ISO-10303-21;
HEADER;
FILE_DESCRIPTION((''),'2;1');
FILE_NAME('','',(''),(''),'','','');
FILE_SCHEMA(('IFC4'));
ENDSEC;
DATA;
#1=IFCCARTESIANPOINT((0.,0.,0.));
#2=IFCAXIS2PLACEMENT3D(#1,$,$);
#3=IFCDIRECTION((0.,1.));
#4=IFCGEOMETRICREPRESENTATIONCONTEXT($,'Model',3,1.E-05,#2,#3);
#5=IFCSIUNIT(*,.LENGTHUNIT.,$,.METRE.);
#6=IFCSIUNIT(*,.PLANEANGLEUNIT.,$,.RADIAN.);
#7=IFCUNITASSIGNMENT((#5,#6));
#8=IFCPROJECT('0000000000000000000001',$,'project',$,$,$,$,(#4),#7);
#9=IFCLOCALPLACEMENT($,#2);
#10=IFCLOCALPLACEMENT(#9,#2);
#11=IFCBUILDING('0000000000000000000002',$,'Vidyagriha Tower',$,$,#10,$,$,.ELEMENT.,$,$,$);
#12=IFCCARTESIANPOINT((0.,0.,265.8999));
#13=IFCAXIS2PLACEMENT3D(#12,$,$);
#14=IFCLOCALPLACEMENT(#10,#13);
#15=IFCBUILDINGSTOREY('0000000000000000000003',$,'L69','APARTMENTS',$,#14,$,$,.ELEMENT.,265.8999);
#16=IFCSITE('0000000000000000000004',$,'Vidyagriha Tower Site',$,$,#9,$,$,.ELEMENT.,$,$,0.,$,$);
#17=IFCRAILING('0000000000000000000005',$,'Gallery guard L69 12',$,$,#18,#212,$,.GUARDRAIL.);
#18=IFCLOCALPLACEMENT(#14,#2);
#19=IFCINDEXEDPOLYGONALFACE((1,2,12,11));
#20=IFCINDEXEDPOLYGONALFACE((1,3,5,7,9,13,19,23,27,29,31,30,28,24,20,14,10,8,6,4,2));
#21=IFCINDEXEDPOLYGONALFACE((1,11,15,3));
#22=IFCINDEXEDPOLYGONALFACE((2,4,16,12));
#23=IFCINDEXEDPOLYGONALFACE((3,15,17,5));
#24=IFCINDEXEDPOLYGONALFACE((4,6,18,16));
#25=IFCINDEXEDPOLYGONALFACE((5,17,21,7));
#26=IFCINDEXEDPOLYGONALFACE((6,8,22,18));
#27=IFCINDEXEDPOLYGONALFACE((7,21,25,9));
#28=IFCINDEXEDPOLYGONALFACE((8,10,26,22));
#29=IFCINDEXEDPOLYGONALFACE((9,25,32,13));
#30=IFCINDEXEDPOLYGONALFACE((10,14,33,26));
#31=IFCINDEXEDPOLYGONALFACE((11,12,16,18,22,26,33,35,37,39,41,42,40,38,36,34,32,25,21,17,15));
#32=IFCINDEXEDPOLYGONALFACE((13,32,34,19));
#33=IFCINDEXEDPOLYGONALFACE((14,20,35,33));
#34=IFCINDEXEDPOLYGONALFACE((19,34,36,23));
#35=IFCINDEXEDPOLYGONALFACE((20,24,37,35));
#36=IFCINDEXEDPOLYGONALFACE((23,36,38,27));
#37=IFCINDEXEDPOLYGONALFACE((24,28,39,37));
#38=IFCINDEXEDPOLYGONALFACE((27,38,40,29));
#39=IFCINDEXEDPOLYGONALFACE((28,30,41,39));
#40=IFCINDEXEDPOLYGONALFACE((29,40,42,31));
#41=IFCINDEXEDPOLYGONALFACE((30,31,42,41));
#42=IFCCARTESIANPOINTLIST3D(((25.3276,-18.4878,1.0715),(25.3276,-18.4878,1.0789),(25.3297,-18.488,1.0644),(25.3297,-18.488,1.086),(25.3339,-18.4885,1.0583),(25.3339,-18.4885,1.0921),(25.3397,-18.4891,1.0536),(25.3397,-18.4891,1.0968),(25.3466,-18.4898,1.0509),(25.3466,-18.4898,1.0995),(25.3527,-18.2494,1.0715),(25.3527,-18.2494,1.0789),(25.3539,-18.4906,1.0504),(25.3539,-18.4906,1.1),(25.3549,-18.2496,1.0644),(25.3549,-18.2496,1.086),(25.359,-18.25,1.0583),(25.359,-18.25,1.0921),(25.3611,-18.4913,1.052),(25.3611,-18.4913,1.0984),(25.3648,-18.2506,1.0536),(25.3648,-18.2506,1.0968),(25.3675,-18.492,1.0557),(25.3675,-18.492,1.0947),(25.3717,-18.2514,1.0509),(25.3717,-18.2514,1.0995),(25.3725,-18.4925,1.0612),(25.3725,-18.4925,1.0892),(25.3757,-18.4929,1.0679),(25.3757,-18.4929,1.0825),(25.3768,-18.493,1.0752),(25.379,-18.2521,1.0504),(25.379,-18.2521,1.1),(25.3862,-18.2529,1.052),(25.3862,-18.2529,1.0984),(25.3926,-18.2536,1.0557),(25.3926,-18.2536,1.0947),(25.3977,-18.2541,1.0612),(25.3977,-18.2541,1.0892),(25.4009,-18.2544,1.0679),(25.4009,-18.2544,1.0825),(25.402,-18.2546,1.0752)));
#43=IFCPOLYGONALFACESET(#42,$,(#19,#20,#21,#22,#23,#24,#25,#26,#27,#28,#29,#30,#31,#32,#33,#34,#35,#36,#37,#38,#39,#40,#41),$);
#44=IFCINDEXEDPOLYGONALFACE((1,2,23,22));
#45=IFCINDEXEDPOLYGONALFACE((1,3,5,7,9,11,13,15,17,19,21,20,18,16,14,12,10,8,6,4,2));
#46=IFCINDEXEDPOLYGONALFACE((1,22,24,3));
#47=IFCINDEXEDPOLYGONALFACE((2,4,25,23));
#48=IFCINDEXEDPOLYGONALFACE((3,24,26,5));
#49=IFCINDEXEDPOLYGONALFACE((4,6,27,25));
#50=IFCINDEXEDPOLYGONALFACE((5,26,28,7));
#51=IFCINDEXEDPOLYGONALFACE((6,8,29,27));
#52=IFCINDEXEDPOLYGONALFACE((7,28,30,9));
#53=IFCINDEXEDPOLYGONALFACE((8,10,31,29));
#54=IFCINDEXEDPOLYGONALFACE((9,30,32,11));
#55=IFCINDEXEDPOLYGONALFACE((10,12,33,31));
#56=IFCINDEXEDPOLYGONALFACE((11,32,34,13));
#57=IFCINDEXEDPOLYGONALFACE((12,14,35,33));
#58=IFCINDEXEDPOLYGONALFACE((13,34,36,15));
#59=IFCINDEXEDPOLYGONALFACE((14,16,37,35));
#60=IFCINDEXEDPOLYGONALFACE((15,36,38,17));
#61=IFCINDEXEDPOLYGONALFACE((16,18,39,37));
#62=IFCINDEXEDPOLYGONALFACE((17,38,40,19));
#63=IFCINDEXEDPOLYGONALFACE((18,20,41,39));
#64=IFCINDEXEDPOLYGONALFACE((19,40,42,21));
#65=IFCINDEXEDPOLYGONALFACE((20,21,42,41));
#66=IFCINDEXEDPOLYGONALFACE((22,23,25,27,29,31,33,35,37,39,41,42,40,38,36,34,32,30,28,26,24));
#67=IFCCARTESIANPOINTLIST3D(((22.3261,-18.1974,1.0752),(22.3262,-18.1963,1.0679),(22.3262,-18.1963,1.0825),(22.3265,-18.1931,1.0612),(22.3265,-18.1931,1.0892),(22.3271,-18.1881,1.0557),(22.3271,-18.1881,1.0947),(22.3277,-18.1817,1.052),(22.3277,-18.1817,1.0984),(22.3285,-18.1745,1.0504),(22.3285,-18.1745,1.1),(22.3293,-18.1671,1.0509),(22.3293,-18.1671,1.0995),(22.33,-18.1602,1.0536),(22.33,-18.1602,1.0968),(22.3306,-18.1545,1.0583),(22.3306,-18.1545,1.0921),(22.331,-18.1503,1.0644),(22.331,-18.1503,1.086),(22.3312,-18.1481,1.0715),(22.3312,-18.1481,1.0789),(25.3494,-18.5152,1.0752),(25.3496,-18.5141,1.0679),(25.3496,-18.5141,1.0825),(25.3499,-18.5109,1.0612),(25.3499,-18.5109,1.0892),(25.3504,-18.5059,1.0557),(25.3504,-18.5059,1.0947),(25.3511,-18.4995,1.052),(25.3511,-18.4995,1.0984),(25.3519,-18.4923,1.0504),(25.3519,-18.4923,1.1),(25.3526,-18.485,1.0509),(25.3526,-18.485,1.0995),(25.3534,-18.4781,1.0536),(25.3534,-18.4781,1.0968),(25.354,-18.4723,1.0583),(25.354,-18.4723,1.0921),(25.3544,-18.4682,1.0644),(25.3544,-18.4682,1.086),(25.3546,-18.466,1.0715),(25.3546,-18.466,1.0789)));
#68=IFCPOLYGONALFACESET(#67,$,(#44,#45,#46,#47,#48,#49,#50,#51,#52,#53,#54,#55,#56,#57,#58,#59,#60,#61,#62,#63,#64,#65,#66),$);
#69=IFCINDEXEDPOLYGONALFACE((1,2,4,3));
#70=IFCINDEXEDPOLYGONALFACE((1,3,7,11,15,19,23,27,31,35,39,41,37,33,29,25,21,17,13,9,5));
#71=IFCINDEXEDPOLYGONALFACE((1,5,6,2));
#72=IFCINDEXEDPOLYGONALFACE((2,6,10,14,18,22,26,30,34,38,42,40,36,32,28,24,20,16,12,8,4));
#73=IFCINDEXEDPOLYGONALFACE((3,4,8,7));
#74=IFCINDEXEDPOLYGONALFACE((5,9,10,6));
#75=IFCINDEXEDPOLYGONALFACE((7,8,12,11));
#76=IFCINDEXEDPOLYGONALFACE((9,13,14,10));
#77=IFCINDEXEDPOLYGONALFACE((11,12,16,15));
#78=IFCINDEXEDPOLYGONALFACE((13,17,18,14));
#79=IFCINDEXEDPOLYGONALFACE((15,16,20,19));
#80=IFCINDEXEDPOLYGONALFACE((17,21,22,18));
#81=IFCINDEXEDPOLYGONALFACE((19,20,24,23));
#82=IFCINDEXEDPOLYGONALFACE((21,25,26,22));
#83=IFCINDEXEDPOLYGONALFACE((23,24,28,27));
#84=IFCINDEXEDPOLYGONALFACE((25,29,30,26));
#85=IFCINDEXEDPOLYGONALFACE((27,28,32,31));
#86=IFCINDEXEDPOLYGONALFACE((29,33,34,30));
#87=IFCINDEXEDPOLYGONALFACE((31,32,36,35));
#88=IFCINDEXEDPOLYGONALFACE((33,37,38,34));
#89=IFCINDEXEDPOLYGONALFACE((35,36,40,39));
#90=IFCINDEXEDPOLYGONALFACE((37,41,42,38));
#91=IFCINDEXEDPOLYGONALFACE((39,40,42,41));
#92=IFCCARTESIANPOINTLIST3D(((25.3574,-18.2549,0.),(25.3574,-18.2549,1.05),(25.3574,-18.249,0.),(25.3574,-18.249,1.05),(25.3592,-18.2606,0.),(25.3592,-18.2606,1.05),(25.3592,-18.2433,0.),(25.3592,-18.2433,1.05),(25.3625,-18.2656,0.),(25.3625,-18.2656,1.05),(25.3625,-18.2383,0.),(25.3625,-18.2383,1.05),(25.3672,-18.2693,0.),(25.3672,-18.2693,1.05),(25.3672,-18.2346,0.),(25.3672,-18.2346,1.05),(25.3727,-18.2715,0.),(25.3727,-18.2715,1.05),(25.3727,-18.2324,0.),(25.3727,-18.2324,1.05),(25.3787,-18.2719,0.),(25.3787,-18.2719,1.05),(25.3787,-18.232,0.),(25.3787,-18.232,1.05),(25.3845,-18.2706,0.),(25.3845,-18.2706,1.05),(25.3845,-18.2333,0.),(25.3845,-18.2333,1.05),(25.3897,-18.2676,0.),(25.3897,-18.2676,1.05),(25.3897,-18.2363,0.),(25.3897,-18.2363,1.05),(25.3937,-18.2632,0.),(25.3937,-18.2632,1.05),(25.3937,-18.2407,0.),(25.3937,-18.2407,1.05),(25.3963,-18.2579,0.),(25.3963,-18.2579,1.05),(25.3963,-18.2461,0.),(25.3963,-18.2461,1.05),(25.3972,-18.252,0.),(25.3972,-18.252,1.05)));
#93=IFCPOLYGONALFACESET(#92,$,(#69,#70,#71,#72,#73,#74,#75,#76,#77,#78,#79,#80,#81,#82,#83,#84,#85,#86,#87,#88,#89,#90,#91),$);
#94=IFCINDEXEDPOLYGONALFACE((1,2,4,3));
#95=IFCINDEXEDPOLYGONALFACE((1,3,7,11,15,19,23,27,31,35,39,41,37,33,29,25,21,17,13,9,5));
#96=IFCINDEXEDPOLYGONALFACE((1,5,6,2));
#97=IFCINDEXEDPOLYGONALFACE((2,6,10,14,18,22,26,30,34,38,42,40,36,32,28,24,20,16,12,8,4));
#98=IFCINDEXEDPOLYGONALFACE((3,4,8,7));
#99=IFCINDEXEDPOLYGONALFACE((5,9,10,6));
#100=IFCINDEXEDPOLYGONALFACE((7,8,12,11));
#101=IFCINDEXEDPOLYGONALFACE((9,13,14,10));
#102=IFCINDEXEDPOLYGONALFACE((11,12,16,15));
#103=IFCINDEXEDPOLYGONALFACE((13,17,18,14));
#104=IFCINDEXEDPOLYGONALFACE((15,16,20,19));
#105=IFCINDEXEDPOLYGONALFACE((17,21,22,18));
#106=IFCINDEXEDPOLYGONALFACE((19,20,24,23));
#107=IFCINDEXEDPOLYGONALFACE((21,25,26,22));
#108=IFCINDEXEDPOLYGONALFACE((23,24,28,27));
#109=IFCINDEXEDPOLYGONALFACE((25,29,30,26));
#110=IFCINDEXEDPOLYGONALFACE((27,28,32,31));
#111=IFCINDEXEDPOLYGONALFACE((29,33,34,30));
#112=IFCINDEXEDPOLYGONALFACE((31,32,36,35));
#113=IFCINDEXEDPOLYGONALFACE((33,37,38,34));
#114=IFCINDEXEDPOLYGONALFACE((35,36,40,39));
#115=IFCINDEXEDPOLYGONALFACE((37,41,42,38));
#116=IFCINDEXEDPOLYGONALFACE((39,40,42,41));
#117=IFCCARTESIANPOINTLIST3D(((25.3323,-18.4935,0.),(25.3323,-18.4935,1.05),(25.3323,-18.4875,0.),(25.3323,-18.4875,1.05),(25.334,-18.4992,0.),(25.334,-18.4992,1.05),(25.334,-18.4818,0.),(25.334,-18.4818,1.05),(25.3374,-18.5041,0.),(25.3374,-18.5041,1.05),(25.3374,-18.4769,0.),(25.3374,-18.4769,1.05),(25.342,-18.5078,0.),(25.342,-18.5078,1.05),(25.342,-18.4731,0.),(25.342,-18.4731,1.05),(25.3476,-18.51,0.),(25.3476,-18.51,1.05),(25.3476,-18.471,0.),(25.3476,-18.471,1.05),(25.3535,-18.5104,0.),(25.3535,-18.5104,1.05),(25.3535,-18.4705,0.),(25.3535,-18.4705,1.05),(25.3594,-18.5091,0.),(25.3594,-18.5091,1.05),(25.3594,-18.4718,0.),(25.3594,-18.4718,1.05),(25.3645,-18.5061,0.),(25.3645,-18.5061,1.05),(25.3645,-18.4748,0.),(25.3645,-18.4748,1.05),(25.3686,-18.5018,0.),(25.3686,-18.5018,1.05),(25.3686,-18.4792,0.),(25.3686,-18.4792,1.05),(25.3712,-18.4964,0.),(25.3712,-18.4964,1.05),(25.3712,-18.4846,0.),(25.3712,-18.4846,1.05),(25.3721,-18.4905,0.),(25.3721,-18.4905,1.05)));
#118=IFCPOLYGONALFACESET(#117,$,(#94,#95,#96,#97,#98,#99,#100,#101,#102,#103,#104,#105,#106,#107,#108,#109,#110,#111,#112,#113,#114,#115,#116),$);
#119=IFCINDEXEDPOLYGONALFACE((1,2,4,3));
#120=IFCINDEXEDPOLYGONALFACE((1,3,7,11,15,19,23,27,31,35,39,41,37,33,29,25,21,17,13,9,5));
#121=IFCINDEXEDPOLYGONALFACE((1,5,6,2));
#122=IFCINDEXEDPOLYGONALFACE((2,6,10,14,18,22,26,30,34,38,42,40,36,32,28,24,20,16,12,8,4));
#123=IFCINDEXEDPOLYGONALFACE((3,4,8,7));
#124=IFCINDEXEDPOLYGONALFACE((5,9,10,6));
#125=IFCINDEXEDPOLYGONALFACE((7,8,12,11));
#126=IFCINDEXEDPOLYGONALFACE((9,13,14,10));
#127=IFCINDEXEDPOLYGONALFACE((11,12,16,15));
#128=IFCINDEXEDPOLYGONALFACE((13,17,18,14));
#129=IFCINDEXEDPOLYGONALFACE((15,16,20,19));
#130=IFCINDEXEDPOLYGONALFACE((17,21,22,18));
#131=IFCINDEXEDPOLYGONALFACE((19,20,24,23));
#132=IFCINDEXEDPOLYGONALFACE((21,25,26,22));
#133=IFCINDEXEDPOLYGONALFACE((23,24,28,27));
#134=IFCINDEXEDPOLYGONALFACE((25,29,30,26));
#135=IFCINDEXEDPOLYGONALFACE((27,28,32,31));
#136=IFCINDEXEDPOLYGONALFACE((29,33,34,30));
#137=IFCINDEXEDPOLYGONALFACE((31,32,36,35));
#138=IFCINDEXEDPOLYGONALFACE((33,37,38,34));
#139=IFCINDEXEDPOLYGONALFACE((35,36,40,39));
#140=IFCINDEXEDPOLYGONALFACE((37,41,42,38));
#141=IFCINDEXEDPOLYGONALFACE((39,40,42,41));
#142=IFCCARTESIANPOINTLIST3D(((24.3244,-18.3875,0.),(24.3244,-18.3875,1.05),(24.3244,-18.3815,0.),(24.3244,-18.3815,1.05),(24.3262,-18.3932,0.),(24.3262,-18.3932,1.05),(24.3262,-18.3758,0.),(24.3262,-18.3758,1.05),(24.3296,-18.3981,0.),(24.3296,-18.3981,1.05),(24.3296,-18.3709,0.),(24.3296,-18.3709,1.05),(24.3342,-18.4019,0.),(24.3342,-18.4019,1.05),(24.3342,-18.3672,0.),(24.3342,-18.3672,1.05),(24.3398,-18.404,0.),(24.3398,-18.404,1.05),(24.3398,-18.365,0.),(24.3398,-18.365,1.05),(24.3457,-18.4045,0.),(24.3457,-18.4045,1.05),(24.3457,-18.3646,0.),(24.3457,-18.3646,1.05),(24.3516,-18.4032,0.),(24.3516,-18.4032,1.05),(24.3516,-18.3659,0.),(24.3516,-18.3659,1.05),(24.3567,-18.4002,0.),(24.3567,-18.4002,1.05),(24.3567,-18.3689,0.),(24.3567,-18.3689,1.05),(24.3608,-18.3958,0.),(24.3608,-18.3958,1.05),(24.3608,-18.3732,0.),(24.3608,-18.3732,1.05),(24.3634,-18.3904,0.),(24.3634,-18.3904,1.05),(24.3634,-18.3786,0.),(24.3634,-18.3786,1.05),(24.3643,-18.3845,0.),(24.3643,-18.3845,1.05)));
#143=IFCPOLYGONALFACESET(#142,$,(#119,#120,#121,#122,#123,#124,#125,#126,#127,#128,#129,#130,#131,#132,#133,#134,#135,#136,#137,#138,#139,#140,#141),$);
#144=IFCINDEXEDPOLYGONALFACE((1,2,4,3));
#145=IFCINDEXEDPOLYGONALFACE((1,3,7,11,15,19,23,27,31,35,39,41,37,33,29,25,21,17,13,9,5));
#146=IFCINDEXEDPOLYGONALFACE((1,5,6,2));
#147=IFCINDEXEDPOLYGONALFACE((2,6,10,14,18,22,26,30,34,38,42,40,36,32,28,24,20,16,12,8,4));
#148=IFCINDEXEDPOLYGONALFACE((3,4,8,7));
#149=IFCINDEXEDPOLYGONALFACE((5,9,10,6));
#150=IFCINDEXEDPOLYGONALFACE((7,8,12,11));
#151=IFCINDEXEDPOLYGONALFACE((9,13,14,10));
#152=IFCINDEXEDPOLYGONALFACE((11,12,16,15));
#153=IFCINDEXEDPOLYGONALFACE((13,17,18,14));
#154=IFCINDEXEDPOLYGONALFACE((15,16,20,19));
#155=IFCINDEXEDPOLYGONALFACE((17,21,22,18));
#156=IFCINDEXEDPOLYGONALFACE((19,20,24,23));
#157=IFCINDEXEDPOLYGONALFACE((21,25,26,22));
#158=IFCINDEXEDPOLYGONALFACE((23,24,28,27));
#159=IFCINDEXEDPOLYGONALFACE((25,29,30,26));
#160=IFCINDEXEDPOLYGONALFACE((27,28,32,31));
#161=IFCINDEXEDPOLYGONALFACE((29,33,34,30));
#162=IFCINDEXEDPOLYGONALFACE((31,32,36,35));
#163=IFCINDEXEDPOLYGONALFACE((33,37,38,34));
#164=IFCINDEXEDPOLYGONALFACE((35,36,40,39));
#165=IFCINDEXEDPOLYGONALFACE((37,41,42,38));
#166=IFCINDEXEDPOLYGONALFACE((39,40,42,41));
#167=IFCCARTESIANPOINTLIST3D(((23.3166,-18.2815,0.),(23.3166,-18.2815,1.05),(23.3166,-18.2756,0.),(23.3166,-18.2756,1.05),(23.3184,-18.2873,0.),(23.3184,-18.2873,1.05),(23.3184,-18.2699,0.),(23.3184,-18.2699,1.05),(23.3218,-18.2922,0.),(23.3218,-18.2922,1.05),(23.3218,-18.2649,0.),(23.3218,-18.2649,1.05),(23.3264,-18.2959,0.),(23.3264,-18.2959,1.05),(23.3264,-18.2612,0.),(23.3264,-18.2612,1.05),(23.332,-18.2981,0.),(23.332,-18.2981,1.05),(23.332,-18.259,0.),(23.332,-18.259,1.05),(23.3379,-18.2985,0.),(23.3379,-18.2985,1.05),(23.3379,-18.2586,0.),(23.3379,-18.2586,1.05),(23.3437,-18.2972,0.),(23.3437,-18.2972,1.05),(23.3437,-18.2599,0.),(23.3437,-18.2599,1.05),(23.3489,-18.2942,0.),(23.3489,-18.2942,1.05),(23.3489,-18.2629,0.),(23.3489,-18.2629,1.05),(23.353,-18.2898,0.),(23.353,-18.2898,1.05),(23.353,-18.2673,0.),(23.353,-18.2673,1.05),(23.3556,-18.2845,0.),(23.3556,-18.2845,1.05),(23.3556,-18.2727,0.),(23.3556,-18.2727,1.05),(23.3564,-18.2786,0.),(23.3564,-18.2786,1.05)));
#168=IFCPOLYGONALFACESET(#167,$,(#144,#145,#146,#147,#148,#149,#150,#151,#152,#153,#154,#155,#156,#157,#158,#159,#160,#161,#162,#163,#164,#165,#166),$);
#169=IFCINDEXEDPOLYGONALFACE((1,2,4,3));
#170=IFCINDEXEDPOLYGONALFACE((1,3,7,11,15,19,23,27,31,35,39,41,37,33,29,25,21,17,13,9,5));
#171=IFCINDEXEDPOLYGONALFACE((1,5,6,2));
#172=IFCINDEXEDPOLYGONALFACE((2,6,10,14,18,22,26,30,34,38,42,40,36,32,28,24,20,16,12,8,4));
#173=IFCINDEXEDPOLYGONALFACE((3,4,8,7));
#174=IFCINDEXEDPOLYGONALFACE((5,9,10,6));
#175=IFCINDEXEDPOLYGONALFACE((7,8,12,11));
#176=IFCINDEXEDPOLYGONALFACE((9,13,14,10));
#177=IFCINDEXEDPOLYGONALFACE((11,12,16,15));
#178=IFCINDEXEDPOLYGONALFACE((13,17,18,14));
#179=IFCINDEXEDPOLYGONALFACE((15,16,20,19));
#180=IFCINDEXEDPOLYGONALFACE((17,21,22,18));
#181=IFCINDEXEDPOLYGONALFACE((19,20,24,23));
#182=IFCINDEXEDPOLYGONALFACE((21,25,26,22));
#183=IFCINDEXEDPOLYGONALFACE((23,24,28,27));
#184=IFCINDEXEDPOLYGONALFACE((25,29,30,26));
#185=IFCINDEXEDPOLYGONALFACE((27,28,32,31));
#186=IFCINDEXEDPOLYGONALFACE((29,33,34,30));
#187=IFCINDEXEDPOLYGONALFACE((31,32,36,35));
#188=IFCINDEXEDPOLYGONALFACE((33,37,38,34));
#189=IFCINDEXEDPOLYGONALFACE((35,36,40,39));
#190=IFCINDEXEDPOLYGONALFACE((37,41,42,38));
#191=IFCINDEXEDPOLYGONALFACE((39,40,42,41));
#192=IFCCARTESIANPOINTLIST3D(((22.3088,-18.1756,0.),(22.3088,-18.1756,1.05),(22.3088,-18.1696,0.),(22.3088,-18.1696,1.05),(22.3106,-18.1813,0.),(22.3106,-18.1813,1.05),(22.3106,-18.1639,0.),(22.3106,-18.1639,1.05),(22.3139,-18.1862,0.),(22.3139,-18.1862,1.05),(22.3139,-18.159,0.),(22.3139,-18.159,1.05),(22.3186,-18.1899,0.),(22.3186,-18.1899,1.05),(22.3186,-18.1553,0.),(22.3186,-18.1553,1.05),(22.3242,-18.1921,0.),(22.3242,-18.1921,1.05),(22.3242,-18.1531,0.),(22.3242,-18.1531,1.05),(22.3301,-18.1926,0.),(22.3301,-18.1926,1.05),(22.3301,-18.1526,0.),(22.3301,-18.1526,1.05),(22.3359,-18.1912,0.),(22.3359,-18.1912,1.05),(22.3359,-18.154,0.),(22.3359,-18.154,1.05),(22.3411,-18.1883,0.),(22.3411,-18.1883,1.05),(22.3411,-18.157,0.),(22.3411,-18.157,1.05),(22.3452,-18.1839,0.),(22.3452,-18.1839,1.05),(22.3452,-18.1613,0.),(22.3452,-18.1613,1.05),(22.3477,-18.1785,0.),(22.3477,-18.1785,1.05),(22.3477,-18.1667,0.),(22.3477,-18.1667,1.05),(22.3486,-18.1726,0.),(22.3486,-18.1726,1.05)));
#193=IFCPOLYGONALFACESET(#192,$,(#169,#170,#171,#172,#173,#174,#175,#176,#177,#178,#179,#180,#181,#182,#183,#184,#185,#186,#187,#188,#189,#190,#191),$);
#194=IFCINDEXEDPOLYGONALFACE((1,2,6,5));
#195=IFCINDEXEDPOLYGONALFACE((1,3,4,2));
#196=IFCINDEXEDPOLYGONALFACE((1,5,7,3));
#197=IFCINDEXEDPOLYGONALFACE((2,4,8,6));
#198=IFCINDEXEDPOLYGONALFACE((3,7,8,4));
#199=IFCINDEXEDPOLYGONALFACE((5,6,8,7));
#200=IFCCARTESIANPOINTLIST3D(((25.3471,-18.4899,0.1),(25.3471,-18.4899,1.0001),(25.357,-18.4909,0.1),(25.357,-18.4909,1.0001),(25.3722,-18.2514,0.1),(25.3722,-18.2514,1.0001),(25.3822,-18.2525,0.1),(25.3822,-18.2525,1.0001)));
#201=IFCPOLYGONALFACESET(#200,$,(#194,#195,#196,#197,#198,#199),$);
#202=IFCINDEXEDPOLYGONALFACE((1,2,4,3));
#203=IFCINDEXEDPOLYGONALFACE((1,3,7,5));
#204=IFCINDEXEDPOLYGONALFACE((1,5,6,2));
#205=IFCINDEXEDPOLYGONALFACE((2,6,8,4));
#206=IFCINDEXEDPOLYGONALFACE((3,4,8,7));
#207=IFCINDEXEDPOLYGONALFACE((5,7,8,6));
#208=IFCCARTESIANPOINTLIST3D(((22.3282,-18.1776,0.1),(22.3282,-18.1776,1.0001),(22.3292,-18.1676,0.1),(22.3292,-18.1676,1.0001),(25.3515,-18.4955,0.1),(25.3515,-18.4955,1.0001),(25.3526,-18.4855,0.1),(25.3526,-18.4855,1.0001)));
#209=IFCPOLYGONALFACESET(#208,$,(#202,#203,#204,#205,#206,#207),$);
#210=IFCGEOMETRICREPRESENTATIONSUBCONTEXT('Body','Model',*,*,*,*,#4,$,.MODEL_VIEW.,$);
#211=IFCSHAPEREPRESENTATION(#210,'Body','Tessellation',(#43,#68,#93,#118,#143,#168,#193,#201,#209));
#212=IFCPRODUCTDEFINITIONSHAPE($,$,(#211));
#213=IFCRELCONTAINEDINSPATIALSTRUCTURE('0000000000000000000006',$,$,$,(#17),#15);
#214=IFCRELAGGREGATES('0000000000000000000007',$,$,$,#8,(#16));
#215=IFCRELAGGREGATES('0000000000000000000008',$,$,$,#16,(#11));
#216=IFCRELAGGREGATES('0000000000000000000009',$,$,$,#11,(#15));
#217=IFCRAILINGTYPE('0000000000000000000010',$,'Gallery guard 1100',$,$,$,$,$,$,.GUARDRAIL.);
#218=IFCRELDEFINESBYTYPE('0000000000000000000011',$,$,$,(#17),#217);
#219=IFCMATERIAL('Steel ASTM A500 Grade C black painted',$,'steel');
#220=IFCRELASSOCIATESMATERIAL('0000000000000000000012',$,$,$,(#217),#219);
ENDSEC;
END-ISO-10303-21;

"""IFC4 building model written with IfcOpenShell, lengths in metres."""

from ifc_helpers import new_model, si_unit, direction, frame, origin, origin_2d, place, context, subcontext, project, spatial, rectangle, circle, extrude, material, type_object, element, save


model = new_model("IFC4")

# Units and contexts
model_context = context("Model", 3, precision=1e-05, world=origin(), true_north=direction((0.0, 1.0)))
body_context = subcontext(model_context, "Body", "Model", "MODEL_VIEW")
ifc_project = project(units=[si_unit("LENGTHUNIT", "METRE"), si_unit("PLANEANGLEUNIT", "RADIAN")], contexts=[model_context])

# Site, building, storey
site_placement = place(None, origin())
site = spatial("IfcSite", under=ifc_project, at=site_placement, Name="Vidyagriha Tower Site", CompositionType="ELEMENT", RefElevation=0.0)
building_placement = place(site_placement, origin())
building = spatial("IfcBuilding", under=site, at=building_placement, Name="Vidyagriha Tower", CompositionType="ELEMENT")
storey_placement = place(building_placement, frame((0.0, 0.0, 265.8999)))
storey = spatial("IfcBuildingStorey", under=building, at=storey_placement, Name="L69", Description="APARTMENTS", CompositionType="ELEMENT", Elevation=265.8999)

# Railing
ifc_material_1 = material(Name="Steel ASTM A500 Grade C black painted", Category="steel")
railing_type_1 = type_object("IfcRailingType", Name="Gallery guard 1100", PredefinedType="GUARDRAIL", material=ifc_material_1)
railing_1_placement = place(storey_placement, frame((25.3772, -18.252, 0.0)))
element("IfcRailing", 1, at=railing_1_placement, inside=storey, type_object=railing_type_1, Name="Gallery guard L69 12", PredefinedType="GUARDRAIL", context=body_context, shape_type="SweptSolid", body=[
    extrude(circle(Radius=0.0249, at=origin_2d()), frame((0.0, 0.0, 1.0752), z_axis=(-0.104844, -0.994489, 0.0), x_axis=(0.994489, -0.104844, 0.0)), (0.0, 0.0, 1.0), 0.2397),
    extrude(circle(Radius=0.0249, at=origin_2d()), frame((-0.0251, -0.2385, 1.0752), z_axis=(-0.994519, 0.104559, 0.0), x_axis=(-0.104559, -0.994519, 0.0)), (0.0, 0.0, 1.0), 3.04),
    extrude(circle(Radius=0.02, at=origin_2d()), origin(), (0.0, 0.0, 1.0), 1.05),
    extrude(circle(Radius=0.02, at=origin_2d()), frame((-0.0251, -0.2385, 0.0)), (0.0, 0.0, 1.0), 1.05),
    extrude(circle(Radius=0.02, at=origin_2d()), frame((-1.033, -0.1326, 0.0)), (0.0, 0.0, 1.0), 1.05),
    extrude(circle(Radius=0.02, at=origin_2d()), frame((-2.0408, -0.0266, 0.0)), (0.0, 0.0, 1.0), 1.05),
    extrude(circle(Radius=0.02, at=origin_2d()), frame((-3.0486, 0.0793, 0.0)), (0.0, 0.0, 1.0), 1.05),
    extrude(rectangle(XDim=0.01, YDim=0.9001, at=origin_2d()), frame((0.0, 0.0, 0.55), z_axis=(-0.104844, -0.994489, 0.0), x_axis=(0.994489, -0.104844, 0.0)), (0.0, 0.0, 1.0), 0.2397),
    extrude(rectangle(XDim=0.01, YDim=0.9001, at=origin_2d()), frame((-0.0251, -0.2385, 0.55), z_axis=(-0.994519, 0.104559, 0.0), x_axis=(-0.104559, -0.994519, 0.0)), (0.0, 0.0, 1.0), 3.04),
])

save(model, "model.ifc")
